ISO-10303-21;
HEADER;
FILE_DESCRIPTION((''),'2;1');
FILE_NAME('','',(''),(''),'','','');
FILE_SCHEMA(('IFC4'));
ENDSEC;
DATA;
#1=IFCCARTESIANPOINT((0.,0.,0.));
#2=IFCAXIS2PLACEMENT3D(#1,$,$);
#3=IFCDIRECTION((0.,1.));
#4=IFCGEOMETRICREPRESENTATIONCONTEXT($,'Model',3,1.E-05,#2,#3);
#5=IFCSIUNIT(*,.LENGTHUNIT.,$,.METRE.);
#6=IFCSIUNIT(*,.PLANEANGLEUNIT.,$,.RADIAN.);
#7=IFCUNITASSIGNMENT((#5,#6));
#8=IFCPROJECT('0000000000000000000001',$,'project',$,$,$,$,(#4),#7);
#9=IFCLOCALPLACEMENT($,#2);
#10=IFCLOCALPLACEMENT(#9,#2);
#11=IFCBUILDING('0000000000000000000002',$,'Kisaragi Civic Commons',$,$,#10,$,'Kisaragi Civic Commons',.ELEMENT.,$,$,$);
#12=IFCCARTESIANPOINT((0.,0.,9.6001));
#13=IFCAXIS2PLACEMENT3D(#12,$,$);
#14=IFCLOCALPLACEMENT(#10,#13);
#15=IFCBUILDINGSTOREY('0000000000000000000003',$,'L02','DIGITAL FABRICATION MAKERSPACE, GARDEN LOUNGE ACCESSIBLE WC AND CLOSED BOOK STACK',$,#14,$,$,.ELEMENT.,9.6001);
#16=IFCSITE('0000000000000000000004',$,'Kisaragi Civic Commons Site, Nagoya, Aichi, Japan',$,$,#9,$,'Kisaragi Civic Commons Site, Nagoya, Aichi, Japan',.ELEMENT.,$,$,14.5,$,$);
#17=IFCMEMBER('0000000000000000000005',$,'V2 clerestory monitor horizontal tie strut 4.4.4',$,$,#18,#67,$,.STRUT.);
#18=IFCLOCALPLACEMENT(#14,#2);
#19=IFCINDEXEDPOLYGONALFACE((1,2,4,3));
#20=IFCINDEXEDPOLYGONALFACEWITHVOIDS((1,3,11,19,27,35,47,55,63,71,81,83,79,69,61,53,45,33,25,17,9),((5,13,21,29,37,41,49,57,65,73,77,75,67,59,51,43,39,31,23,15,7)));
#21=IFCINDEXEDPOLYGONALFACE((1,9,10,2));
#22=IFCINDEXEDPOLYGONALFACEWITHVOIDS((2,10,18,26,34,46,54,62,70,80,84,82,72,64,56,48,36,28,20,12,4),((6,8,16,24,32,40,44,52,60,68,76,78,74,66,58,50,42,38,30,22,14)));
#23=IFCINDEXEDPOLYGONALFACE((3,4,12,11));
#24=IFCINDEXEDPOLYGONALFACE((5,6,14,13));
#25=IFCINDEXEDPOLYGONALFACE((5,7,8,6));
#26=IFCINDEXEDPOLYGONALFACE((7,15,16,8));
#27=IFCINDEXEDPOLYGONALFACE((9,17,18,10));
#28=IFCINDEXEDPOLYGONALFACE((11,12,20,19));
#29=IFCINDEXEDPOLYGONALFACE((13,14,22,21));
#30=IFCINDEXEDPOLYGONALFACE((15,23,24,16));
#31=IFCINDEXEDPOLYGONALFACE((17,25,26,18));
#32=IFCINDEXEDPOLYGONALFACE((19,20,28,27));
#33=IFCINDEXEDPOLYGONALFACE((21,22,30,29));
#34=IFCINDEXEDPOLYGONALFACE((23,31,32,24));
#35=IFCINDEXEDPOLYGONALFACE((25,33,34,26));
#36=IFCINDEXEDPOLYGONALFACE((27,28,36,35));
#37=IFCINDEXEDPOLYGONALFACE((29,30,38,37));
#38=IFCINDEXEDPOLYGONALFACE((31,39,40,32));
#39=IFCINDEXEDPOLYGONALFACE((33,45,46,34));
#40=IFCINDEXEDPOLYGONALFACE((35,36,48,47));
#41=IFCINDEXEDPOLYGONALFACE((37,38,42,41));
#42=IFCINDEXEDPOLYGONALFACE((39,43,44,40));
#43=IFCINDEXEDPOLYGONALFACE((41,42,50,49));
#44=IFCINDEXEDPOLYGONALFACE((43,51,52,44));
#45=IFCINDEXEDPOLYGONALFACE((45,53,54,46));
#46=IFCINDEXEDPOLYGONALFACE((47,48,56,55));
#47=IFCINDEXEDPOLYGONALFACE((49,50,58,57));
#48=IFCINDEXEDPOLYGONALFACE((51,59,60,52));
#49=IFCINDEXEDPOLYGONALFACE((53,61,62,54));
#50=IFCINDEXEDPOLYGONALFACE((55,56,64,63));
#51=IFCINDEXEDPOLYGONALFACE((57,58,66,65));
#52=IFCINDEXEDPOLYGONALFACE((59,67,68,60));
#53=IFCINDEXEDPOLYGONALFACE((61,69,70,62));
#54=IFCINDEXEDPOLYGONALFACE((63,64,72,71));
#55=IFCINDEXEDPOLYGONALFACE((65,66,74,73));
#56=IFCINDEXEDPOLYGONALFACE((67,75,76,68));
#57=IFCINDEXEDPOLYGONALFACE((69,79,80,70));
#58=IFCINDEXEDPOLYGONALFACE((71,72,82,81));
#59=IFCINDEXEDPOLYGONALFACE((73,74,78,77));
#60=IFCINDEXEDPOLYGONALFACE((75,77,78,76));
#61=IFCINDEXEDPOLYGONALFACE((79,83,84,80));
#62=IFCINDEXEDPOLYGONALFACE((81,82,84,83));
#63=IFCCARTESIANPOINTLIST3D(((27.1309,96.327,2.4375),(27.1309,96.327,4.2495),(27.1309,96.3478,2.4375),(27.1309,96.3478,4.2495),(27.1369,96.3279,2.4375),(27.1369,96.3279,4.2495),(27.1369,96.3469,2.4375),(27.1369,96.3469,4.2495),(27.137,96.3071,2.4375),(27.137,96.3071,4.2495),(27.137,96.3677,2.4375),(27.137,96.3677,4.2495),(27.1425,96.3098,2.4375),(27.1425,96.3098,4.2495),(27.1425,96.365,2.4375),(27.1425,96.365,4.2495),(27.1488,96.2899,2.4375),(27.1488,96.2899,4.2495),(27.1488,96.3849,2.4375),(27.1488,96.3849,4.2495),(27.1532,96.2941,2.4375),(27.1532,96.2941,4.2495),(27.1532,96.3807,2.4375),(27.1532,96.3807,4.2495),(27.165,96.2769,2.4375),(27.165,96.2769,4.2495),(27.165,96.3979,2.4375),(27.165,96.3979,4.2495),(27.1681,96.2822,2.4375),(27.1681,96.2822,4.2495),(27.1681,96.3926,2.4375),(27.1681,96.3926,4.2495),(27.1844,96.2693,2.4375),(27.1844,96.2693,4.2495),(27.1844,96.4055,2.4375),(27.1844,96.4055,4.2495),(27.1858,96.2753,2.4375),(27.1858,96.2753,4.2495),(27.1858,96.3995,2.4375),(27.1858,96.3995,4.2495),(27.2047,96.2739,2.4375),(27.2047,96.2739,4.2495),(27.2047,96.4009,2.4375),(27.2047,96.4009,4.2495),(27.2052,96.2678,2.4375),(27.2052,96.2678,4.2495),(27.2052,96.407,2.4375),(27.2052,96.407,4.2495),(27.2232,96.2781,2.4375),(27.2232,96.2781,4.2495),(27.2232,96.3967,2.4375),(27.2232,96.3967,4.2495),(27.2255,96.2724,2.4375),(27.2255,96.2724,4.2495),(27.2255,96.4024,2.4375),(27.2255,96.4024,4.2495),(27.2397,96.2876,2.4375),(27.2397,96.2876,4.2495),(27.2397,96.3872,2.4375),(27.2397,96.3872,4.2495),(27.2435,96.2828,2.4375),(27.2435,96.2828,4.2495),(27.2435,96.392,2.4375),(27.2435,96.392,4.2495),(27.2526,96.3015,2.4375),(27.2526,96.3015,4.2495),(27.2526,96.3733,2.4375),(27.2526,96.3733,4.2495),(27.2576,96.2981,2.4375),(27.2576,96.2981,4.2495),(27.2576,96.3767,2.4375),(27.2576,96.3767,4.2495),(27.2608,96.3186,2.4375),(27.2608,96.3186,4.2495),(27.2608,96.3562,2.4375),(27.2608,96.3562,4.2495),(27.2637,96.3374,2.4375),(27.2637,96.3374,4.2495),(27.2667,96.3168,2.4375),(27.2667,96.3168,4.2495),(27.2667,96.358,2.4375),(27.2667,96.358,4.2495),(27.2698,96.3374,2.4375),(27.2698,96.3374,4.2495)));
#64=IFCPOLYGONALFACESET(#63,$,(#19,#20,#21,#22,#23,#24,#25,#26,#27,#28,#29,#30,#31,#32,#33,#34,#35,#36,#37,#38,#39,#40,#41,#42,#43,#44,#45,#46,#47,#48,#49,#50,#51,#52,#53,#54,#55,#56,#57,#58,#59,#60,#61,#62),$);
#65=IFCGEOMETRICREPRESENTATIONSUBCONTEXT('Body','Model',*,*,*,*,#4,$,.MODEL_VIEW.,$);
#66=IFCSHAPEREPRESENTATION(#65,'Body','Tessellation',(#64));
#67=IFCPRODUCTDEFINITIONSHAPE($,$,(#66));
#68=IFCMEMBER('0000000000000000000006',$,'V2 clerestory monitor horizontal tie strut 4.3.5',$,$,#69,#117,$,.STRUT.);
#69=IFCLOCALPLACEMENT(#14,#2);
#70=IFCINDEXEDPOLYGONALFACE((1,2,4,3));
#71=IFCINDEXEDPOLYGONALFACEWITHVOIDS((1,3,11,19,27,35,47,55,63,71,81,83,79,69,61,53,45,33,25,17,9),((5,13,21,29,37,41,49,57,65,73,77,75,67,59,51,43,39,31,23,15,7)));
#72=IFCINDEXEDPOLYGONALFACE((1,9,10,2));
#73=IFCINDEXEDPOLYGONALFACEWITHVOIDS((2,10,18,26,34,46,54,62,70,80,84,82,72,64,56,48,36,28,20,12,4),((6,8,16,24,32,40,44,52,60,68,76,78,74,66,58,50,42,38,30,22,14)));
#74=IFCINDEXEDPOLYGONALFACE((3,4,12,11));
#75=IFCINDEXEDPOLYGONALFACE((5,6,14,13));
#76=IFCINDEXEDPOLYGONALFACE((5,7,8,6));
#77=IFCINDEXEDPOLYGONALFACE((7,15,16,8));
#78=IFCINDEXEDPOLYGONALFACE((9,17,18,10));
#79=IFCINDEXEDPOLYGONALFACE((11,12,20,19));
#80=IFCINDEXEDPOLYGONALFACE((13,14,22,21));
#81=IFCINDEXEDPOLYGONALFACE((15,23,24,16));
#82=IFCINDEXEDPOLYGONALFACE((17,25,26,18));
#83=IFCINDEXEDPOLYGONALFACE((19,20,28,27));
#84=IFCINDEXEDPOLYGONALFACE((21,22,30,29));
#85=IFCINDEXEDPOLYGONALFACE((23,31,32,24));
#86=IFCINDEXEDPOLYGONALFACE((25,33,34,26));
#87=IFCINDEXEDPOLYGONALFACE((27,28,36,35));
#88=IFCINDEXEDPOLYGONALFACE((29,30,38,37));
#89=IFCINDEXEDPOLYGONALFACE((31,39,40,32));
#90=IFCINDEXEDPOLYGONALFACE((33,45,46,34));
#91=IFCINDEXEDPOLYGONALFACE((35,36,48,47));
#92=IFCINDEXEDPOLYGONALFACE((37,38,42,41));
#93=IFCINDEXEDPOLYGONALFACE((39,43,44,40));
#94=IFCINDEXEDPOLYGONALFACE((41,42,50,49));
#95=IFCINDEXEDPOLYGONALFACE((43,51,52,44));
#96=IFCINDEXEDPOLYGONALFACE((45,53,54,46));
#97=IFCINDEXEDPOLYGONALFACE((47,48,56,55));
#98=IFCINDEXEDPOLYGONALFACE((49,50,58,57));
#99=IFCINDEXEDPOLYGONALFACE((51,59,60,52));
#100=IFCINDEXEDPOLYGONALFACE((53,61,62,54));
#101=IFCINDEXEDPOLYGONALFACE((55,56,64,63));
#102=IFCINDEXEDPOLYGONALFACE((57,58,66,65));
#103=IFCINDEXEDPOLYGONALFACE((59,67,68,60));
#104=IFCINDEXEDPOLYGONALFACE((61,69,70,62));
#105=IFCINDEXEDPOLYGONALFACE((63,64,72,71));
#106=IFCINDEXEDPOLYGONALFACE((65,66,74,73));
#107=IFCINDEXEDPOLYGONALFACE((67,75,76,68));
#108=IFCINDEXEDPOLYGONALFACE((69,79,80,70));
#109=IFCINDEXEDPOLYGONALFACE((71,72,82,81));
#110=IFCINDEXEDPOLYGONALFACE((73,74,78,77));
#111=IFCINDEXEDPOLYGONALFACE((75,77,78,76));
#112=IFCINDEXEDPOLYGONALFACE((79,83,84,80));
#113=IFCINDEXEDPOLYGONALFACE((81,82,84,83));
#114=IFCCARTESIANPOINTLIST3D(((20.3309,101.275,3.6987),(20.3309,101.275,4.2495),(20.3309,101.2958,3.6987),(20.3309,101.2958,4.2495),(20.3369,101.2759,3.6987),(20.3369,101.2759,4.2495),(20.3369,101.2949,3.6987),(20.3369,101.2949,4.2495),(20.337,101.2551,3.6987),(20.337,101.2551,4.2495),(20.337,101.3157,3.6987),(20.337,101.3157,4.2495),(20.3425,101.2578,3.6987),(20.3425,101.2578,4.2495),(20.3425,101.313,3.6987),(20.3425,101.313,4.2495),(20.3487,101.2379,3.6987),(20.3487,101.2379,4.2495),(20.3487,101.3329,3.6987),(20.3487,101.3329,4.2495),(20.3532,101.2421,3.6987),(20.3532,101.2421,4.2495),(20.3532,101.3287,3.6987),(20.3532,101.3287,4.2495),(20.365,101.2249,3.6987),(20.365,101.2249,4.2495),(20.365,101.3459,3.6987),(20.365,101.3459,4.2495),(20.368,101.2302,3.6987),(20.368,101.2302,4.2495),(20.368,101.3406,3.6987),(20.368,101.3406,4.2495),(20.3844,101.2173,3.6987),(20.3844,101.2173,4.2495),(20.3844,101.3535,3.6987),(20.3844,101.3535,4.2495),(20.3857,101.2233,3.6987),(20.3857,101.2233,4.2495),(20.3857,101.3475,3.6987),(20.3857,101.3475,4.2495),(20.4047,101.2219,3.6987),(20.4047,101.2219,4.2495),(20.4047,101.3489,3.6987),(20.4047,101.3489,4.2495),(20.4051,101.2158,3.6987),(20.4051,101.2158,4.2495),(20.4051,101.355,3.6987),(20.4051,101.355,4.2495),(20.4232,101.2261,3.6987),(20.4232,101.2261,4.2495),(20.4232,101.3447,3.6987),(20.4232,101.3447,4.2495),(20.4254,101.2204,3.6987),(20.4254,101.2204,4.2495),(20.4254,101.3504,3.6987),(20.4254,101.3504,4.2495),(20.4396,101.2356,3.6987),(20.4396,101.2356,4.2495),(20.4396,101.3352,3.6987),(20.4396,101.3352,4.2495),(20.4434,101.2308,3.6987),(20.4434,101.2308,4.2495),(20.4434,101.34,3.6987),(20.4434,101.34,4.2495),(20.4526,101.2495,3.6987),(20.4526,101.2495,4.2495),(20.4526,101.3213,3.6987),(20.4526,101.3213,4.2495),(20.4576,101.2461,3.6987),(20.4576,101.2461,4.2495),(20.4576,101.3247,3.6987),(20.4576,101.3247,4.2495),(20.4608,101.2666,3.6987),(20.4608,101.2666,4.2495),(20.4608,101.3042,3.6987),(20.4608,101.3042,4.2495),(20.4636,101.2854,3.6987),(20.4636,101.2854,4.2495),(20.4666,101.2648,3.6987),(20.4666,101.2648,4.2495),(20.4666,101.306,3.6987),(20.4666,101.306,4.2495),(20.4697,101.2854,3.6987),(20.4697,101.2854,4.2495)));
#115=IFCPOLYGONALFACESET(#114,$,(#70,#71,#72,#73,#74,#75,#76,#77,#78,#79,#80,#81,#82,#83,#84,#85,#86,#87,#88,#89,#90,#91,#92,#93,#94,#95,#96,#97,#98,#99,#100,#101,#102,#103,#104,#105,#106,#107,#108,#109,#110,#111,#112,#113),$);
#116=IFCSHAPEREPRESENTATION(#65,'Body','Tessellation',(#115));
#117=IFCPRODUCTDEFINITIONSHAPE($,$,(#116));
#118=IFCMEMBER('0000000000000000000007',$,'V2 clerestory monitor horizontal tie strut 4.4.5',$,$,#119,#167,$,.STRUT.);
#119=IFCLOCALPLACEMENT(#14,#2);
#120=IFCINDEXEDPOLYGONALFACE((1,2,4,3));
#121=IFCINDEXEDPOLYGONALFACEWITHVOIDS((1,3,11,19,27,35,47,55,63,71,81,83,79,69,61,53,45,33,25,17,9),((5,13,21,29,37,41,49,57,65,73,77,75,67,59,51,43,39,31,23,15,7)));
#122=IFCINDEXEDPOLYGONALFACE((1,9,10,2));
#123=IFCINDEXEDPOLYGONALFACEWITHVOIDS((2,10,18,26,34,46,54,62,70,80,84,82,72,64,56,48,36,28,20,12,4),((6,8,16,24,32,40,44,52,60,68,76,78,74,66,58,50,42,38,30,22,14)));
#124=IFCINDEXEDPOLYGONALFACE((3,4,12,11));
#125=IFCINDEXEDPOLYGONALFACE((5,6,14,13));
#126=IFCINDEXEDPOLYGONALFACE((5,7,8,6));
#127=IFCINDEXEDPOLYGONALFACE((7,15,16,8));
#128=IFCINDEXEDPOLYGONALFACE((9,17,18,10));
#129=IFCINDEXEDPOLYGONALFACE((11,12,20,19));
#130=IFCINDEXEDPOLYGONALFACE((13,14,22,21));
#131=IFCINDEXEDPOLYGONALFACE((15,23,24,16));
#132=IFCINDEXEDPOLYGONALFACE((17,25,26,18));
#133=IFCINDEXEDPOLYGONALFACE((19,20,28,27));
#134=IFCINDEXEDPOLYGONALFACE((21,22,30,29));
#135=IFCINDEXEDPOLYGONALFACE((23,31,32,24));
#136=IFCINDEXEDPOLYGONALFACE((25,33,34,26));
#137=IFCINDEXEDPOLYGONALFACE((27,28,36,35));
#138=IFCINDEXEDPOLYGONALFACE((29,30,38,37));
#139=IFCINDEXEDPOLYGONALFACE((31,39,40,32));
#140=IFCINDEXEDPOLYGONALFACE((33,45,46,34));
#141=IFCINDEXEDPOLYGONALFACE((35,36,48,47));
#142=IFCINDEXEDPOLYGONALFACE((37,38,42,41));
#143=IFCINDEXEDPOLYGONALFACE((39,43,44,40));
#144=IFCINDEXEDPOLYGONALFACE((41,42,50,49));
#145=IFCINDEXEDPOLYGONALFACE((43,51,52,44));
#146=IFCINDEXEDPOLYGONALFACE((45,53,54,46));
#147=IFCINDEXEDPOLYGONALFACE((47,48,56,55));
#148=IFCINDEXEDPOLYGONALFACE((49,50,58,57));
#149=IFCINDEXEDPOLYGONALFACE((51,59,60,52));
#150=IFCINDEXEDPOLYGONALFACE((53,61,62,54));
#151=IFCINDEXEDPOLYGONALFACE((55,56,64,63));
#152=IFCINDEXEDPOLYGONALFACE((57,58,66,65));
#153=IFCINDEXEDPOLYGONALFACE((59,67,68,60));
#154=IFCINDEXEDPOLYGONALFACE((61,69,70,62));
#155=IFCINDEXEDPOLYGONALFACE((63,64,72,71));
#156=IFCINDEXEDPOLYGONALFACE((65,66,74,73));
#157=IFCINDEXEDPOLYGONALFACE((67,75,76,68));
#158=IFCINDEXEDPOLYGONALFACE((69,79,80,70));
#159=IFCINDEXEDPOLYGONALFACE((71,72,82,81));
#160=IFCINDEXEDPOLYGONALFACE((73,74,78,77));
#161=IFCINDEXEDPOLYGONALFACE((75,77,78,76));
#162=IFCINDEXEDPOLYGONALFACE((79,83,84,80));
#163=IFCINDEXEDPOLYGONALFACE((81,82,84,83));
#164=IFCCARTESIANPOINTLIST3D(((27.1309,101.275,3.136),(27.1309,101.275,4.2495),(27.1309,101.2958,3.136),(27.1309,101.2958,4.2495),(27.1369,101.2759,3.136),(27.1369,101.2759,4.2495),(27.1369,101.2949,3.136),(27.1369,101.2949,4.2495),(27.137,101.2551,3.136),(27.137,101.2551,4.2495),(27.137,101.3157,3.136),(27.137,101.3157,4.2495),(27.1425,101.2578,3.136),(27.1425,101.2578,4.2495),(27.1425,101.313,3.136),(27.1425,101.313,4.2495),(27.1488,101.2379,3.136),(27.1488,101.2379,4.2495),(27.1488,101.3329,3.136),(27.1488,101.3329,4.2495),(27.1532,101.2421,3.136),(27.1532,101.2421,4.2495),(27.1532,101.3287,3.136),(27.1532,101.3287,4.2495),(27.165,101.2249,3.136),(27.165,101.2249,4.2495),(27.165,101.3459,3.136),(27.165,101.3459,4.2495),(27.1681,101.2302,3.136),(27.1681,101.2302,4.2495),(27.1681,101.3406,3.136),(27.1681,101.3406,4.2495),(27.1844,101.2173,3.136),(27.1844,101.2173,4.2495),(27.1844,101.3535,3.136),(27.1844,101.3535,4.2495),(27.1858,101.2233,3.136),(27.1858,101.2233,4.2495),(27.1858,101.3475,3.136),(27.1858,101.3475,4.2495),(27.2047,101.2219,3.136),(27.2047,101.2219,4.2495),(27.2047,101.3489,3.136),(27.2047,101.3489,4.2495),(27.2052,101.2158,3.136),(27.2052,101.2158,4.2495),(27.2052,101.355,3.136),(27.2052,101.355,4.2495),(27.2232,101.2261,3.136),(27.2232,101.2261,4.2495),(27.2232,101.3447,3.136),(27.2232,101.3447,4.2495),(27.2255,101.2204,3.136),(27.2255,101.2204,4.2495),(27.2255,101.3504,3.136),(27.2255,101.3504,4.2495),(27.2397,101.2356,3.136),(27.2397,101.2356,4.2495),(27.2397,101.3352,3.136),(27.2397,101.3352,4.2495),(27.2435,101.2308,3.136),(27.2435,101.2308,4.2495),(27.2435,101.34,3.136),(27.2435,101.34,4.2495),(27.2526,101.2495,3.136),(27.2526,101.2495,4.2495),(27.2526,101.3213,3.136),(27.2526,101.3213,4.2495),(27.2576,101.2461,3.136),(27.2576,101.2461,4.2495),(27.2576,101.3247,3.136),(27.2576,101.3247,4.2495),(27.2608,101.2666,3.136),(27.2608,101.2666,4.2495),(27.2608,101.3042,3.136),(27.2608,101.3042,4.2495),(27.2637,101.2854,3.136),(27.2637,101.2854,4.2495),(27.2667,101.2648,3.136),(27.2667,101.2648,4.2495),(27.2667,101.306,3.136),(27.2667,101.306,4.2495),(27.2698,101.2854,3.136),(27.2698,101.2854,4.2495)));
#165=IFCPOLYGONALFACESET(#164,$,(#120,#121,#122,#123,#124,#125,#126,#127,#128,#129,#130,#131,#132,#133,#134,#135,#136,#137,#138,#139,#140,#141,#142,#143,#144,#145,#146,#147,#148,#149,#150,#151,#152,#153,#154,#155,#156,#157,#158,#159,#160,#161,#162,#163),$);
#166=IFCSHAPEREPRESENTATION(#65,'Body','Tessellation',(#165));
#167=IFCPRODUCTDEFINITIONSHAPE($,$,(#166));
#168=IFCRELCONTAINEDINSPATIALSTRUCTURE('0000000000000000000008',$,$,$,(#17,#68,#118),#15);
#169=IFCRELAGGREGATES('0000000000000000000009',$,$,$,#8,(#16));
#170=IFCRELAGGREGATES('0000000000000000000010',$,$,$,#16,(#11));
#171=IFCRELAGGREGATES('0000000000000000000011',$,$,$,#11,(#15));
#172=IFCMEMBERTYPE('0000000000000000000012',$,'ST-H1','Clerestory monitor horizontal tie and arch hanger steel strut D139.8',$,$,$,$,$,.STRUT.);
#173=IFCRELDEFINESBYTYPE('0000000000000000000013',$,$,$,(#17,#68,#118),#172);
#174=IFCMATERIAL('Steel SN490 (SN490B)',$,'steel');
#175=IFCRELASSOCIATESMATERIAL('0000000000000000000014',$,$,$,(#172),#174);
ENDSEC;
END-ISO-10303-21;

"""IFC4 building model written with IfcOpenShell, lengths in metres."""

from ifc_helpers import new_model, si_unit, direction, frame, origin, origin_2d, place, context, subcontext, project, spatial, hollow_circle, extrude, material, material_profile, profile_set, type_object, element, save


model = new_model("IFC4")

# Units and contexts
model_context = context("Model", 3, precision=1e-05, world=origin(), true_north=direction((0.0, 1.0)))
body_context = subcontext(model_context, "Body", "Model", "MODEL_VIEW")
ifc_project = project(units=[si_unit("LENGTHUNIT", "METRE"), si_unit("PLANEANGLEUNIT", "RADIAN")], contexts=[model_context])

# Site, building, storey
site_placement = place(None, origin())
site = spatial("IfcSite", under=ifc_project, at=site_placement, Name="Kisaragi Civic Commons Site, Nagoya, Aichi, Japan", LongName="Kisaragi Civic Commons Site, Nagoya, Aichi, Japan", CompositionType="ELEMENT", RefElevation=14.5)
building_placement = place(site_placement, origin())
building = spatial("IfcBuilding", under=site, at=building_placement, Name="Kisaragi Civic Commons", LongName="Kisaragi Civic Commons", CompositionType="ELEMENT")
storey_placement = place(building_placement, frame((0.0, 0.0, 9.6001)))
storey = spatial("IfcBuildingStorey", under=building, at=storey_placement, Name="L02", Description="DIGITAL FABRICATION MAKERSPACE, GARDEN LOUNGE ACCESSIBLE WC AND CLOSED BOOK STACK", CompositionType="ELEMENT", Elevation=9.6001)

# Members
ifc_material_1 = material(Name="Steel SN490 (SN490B)", Category="steel")
ifc_material_profile_1 = material_profile(ifc_material_1, hollow_circle(Radius=0.0698, WallThickness=0.0061, at=origin_2d()), Name="CHS-139.8x6.0", Category="steel")
ifc_profile_set_1 = profile_set([ifc_material_profile_1], Name="Steel SN490 (SN490B)")
member_type_1 = type_object("IfcMemberType", Name="ST-H1", Description="Clerestory monitor horizontal tie and arch hanger steel strut D139.8", PredefinedType="STRUT", material=ifc_profile_set_1)
member_1_placement = place(storey_placement, frame((27.2, 96.3374, 2.4375), z_axis=(0.0, 0.0, 1.0), x_axis=(1.0, 0.0, 0.0)))
element("IfcMember", 1, at=member_1_placement, inside=storey, type_object=member_type_1, Name="V2 clerestory monitor horizontal tie strut 4.4.4", PredefinedType="STRUT", context=body_context, shape_type="SweptSolid", body=[
    extrude(hollow_circle(Radius=0.0698, WallThickness=0.0061, at=origin_2d()), origin(), (0.0, 0.0, 1.0), 1.812),
])
member_2_placement = place(storey_placement, frame((20.3999, 101.2854, 3.6987), z_axis=(0.0, 0.0, 1.0), x_axis=(1.0, 0.0, 0.0)))
element("IfcMember", 2, at=member_2_placement, inside=storey, type_object=member_type_1, Name="V2 clerestory monitor horizontal tie strut 4.3.5", PredefinedType="STRUT", context=body_context, shape_type="SweptSolid", body=[
    extrude(hollow_circle(Radius=0.0698, WallThickness=0.0061, at=origin_2d()), origin(), (0.0, 0.0, 1.0), 0.5508),
])
member_3_placement = place(storey_placement, frame((27.2, 101.2854, 3.136), z_axis=(0.0, 0.0, 1.0), x_axis=(1.0, 0.0, 0.0)))
element("IfcMember", 3, at=member_3_placement, inside=storey, type_object=member_type_1, Name="V2 clerestory monitor horizontal tie strut 4.4.5", PredefinedType="STRUT", context=body_context, shape_type="SweptSolid", body=[
    extrude(hollow_circle(Radius=0.0698, WallThickness=0.0061, at=origin_2d()), origin(), (0.0, 0.0, 1.0), 1.1135),
])

save(model, "model.ifc")
